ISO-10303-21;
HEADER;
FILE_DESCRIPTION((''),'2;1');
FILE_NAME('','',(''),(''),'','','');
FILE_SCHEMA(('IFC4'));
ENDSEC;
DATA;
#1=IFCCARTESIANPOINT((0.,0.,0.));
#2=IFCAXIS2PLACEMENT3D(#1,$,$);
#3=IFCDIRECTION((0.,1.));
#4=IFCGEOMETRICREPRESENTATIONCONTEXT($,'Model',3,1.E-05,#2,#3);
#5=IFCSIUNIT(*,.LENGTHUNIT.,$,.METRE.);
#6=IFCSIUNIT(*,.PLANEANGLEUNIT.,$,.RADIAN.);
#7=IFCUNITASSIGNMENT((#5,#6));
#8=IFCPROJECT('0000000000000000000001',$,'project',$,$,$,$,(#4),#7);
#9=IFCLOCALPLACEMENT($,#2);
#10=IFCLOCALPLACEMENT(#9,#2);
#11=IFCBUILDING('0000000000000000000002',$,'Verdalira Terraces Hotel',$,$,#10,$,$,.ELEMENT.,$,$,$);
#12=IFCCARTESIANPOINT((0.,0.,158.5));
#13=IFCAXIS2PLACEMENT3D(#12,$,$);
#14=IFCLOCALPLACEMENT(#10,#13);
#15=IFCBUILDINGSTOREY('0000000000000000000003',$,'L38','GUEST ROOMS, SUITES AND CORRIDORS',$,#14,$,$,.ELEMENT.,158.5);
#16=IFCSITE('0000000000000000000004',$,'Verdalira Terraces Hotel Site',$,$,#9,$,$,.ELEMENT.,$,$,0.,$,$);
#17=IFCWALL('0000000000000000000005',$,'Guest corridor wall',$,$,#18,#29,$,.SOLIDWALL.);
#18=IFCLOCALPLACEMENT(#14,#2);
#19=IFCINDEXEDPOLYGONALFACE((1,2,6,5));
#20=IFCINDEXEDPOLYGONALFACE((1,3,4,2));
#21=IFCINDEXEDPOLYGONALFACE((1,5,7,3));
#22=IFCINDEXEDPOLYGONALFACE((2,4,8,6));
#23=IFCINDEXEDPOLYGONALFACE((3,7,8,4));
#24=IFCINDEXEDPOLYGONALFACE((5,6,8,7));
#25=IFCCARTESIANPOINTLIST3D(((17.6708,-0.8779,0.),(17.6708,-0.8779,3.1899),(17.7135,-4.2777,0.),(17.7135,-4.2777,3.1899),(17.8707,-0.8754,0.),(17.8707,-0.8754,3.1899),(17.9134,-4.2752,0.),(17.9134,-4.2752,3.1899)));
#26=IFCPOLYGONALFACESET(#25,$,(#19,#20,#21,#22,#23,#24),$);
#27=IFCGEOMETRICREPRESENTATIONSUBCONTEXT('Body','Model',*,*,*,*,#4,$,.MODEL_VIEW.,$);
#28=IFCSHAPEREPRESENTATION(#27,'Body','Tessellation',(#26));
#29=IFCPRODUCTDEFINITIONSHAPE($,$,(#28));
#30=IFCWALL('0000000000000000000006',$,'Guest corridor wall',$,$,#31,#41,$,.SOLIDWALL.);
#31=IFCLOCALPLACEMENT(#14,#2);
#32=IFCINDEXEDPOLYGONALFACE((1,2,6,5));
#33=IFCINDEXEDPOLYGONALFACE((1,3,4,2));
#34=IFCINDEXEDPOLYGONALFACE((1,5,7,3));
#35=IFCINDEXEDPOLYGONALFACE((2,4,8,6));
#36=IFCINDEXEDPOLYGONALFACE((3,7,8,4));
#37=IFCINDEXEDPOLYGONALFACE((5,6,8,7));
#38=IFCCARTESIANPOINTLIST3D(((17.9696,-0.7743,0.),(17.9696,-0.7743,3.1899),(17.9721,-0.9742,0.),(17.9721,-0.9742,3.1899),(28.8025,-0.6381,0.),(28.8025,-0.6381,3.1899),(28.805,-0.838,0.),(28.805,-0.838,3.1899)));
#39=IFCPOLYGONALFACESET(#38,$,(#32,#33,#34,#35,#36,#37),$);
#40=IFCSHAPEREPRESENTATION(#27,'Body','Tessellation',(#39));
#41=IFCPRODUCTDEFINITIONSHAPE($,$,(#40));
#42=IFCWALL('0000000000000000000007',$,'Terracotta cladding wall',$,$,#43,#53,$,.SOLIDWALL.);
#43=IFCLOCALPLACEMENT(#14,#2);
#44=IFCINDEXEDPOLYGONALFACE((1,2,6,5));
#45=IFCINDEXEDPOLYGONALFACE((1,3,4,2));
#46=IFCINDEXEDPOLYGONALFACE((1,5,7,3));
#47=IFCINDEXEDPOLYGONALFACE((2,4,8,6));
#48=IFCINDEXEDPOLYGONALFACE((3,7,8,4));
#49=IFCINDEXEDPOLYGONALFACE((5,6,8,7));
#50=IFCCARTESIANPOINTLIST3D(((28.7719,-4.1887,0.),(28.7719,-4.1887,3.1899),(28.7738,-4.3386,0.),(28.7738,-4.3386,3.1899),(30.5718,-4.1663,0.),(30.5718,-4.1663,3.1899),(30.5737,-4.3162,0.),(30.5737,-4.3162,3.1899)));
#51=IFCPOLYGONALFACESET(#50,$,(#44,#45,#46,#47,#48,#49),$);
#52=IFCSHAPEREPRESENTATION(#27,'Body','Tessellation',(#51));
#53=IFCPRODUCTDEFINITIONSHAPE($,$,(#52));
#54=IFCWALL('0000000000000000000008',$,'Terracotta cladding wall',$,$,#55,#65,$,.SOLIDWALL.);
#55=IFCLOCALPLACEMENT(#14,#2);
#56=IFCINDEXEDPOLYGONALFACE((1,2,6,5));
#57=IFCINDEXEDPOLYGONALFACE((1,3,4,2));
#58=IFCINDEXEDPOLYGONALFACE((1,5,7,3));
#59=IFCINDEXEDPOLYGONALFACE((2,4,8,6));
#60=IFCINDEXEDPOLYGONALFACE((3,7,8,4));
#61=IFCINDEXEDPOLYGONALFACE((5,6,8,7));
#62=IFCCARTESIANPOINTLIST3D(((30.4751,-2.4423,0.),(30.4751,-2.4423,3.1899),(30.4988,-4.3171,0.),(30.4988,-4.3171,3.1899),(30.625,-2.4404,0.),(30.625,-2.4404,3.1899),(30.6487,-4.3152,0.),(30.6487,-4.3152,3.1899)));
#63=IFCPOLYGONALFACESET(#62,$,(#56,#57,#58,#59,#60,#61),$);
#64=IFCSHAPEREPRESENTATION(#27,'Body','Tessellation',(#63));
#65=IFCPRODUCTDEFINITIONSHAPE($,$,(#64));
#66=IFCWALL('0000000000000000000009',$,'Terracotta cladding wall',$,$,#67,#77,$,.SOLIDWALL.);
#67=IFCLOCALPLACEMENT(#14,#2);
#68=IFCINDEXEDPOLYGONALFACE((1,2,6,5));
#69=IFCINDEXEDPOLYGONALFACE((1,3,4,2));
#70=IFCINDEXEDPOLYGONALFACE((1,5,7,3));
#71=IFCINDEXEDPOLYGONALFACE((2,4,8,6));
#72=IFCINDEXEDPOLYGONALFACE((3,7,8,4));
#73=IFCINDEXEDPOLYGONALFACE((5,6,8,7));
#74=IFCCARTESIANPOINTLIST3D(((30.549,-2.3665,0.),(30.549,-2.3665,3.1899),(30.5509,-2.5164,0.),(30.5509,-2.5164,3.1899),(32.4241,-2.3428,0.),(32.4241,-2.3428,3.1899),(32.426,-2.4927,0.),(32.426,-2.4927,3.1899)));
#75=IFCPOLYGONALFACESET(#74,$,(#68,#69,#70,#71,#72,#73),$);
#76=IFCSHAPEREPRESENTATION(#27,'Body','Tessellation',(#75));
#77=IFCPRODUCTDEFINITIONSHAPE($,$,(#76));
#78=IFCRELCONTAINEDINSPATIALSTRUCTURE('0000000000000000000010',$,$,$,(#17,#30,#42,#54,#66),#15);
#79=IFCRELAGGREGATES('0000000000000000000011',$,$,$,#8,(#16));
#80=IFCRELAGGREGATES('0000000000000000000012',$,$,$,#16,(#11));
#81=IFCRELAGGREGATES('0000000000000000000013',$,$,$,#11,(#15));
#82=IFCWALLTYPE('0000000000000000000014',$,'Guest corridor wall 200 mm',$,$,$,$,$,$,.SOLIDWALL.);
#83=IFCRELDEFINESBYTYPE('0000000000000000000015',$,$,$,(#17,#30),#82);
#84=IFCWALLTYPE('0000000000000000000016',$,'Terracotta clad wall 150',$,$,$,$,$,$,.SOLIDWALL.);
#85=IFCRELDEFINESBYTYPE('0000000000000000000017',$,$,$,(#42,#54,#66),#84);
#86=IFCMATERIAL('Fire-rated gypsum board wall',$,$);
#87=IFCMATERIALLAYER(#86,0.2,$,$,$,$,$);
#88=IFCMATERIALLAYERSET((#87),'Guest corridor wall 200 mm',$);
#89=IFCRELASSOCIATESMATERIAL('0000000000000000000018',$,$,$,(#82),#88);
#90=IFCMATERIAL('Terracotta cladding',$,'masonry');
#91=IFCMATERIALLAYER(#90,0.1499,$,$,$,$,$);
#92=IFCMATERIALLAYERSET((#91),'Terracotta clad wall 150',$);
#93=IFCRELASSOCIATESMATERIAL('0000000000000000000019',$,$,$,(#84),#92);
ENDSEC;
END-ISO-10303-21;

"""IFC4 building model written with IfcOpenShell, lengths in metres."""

from ifc_helpers import new_model, si_unit, direction, frame, frame_2d, origin, place, context, subcontext, project, spatial, rectangle, extrude, material, layer, layer_set, type_object, element, save


model = new_model("IFC4")

# Units and contexts
model_context = context("Model", 3, precision=1e-05, world=origin(), true_north=direction((0.0, 1.0)))
body_context = subcontext(model_context, "Body", "Model", "MODEL_VIEW")
ifc_project = project(units=[si_unit("LENGTHUNIT", "METRE"), si_unit("PLANEANGLEUNIT", "RADIAN")], contexts=[model_context])

# Site, building, storey
site_placement = place(None, origin())
site = spatial("IfcSite", under=ifc_project, at=site_placement, Name="Verdalira Terraces Hotel Site", CompositionType="ELEMENT", RefElevation=0.0)
building_placement = place(site_placement, origin())
building = spatial("IfcBuilding", under=site, at=building_placement, Name="Verdalira Terraces Hotel", CompositionType="ELEMENT")
storey_placement = place(building_placement, frame((0.0, 0.0, 158.5)))
storey = spatial("IfcBuildingStorey", under=building, at=storey_placement, Name="L38", Description="GUEST ROOMS, SUITES AND CORRIDORS", CompositionType="ELEMENT", Elevation=158.5)

# Shared definitions
ifc_material_1 = material(Name="Fire-rated gypsum board wall")
ifc_layer_1 = layer(ifc_material_1, 0.2)
ifc_layer_set_1 = layer_set([ifc_layer_1], Name="Guest corridor wall 200 mm")
wall_type_1 = type_object("IfcWallType", Name="Guest corridor wall 200 mm", PredefinedType="SOLIDWALL", material=ifc_layer_set_1)

# Walls
wall_1_placement = place(storey_placement, frame((17.8135, -4.2766, 0.0), z_axis=(0.0, 0.0, 1.0), x_axis=(-0.012565, 0.999921, 0.0)))
element("IfcWall", 1, at=wall_1_placement, inside=storey, type_object=wall_type_1, Name="Guest corridor wall", PredefinedType="SOLIDWALL", context=body_context, shape_type="SweptSolid", body=[
    extrude(rectangle(XDim=3.4001, YDim=0.2, at=frame_2d((1.7002, 0.0))), origin(), (0.0, 0.0, 1.0), 3.1899),
])
wall_2_placement = place(storey_placement, frame((17.9707, -0.8743, 0.0), z_axis=(0.0, 0.0, 1.0), x_axis=(0.999921, 0.012575, 0.0)))
element("IfcWall", 2, at=wall_2_placement, inside=storey, type_object=wall_type_1, Name="Guest corridor wall", PredefinedType="SOLIDWALL", context=body_context, shape_type="SweptSolid", body=[
    extrude(rectangle(XDim=10.8337, YDim=0.2, at=frame_2d((5.417, 0.0))), origin(), (0.0, 0.0, 1.0), 3.1899),
])
ifc_material_2 = material(Name="Terracotta cladding", Category="masonry")
ifc_layer_2 = layer(ifc_material_2, 0.1499)
ifc_layer_set_2 = layer_set([ifc_layer_2], Name="Terracotta clad wall 150")
wall_type_2 = type_object("IfcWallType", Name="Terracotta clad wall 150", PredefinedType="SOLIDWALL", material=ifc_layer_set_2)
wall_3_placement = place(storey_placement, frame((28.7729, -4.2637, 0.0), z_axis=(0.0, 0.0, 1.0), x_axis=(0.999922, 0.012479, 0.0)))
element("IfcWall", 3, at=wall_3_placement, inside=storey, type_object=wall_type_2, Name="Terracotta cladding wall", PredefinedType="SOLIDWALL", context=body_context, shape_type="SweptSolid", body=[
    extrude(rectangle(XDim=1.8, YDim=0.1499, at=frame_2d((0.8999, 0.0))), origin(), (0.0, 0.0, 1.0), 3.1899),
])
wall_4_placement = place(storey_placement, frame((30.5737, -4.3162, 0.0), z_axis=(0.0, 0.0, 1.0), x_axis=(-0.012631, 0.99992, 0.0)))
element("IfcWall", 4, at=wall_4_placement, inside=storey, type_object=wall_type_2, Name="Terracotta cladding wall", PredefinedType="SOLIDWALL", context=body_context, shape_type="SweptSolid", body=[
    extrude(rectangle(XDim=1.875, YDim=0.1499, at=frame_2d((0.9375, 0.0))), origin(), (0.0, 0.0, 1.0), 3.1899),
])
wall_5_placement = place(storey_placement, frame((30.55, -2.4414, 0.0), z_axis=(0.0, 0.0, 1.0), x_axis=(0.99992, 0.012629, 0.0)))
element("IfcWall", 5, at=wall_5_placement, inside=storey, type_object=wall_type_2, Name="Terracotta cladding wall", PredefinedType="SOLIDWALL", context=body_context, shape_type="SweptSolid", body=[
    extrude(rectangle(XDim=1.8752, YDim=0.1499, at=frame_2d((0.9375, 0.0))), origin(), (0.0, 0.0, 1.0), 3.1899),
])

save(model, "model.ifc")
